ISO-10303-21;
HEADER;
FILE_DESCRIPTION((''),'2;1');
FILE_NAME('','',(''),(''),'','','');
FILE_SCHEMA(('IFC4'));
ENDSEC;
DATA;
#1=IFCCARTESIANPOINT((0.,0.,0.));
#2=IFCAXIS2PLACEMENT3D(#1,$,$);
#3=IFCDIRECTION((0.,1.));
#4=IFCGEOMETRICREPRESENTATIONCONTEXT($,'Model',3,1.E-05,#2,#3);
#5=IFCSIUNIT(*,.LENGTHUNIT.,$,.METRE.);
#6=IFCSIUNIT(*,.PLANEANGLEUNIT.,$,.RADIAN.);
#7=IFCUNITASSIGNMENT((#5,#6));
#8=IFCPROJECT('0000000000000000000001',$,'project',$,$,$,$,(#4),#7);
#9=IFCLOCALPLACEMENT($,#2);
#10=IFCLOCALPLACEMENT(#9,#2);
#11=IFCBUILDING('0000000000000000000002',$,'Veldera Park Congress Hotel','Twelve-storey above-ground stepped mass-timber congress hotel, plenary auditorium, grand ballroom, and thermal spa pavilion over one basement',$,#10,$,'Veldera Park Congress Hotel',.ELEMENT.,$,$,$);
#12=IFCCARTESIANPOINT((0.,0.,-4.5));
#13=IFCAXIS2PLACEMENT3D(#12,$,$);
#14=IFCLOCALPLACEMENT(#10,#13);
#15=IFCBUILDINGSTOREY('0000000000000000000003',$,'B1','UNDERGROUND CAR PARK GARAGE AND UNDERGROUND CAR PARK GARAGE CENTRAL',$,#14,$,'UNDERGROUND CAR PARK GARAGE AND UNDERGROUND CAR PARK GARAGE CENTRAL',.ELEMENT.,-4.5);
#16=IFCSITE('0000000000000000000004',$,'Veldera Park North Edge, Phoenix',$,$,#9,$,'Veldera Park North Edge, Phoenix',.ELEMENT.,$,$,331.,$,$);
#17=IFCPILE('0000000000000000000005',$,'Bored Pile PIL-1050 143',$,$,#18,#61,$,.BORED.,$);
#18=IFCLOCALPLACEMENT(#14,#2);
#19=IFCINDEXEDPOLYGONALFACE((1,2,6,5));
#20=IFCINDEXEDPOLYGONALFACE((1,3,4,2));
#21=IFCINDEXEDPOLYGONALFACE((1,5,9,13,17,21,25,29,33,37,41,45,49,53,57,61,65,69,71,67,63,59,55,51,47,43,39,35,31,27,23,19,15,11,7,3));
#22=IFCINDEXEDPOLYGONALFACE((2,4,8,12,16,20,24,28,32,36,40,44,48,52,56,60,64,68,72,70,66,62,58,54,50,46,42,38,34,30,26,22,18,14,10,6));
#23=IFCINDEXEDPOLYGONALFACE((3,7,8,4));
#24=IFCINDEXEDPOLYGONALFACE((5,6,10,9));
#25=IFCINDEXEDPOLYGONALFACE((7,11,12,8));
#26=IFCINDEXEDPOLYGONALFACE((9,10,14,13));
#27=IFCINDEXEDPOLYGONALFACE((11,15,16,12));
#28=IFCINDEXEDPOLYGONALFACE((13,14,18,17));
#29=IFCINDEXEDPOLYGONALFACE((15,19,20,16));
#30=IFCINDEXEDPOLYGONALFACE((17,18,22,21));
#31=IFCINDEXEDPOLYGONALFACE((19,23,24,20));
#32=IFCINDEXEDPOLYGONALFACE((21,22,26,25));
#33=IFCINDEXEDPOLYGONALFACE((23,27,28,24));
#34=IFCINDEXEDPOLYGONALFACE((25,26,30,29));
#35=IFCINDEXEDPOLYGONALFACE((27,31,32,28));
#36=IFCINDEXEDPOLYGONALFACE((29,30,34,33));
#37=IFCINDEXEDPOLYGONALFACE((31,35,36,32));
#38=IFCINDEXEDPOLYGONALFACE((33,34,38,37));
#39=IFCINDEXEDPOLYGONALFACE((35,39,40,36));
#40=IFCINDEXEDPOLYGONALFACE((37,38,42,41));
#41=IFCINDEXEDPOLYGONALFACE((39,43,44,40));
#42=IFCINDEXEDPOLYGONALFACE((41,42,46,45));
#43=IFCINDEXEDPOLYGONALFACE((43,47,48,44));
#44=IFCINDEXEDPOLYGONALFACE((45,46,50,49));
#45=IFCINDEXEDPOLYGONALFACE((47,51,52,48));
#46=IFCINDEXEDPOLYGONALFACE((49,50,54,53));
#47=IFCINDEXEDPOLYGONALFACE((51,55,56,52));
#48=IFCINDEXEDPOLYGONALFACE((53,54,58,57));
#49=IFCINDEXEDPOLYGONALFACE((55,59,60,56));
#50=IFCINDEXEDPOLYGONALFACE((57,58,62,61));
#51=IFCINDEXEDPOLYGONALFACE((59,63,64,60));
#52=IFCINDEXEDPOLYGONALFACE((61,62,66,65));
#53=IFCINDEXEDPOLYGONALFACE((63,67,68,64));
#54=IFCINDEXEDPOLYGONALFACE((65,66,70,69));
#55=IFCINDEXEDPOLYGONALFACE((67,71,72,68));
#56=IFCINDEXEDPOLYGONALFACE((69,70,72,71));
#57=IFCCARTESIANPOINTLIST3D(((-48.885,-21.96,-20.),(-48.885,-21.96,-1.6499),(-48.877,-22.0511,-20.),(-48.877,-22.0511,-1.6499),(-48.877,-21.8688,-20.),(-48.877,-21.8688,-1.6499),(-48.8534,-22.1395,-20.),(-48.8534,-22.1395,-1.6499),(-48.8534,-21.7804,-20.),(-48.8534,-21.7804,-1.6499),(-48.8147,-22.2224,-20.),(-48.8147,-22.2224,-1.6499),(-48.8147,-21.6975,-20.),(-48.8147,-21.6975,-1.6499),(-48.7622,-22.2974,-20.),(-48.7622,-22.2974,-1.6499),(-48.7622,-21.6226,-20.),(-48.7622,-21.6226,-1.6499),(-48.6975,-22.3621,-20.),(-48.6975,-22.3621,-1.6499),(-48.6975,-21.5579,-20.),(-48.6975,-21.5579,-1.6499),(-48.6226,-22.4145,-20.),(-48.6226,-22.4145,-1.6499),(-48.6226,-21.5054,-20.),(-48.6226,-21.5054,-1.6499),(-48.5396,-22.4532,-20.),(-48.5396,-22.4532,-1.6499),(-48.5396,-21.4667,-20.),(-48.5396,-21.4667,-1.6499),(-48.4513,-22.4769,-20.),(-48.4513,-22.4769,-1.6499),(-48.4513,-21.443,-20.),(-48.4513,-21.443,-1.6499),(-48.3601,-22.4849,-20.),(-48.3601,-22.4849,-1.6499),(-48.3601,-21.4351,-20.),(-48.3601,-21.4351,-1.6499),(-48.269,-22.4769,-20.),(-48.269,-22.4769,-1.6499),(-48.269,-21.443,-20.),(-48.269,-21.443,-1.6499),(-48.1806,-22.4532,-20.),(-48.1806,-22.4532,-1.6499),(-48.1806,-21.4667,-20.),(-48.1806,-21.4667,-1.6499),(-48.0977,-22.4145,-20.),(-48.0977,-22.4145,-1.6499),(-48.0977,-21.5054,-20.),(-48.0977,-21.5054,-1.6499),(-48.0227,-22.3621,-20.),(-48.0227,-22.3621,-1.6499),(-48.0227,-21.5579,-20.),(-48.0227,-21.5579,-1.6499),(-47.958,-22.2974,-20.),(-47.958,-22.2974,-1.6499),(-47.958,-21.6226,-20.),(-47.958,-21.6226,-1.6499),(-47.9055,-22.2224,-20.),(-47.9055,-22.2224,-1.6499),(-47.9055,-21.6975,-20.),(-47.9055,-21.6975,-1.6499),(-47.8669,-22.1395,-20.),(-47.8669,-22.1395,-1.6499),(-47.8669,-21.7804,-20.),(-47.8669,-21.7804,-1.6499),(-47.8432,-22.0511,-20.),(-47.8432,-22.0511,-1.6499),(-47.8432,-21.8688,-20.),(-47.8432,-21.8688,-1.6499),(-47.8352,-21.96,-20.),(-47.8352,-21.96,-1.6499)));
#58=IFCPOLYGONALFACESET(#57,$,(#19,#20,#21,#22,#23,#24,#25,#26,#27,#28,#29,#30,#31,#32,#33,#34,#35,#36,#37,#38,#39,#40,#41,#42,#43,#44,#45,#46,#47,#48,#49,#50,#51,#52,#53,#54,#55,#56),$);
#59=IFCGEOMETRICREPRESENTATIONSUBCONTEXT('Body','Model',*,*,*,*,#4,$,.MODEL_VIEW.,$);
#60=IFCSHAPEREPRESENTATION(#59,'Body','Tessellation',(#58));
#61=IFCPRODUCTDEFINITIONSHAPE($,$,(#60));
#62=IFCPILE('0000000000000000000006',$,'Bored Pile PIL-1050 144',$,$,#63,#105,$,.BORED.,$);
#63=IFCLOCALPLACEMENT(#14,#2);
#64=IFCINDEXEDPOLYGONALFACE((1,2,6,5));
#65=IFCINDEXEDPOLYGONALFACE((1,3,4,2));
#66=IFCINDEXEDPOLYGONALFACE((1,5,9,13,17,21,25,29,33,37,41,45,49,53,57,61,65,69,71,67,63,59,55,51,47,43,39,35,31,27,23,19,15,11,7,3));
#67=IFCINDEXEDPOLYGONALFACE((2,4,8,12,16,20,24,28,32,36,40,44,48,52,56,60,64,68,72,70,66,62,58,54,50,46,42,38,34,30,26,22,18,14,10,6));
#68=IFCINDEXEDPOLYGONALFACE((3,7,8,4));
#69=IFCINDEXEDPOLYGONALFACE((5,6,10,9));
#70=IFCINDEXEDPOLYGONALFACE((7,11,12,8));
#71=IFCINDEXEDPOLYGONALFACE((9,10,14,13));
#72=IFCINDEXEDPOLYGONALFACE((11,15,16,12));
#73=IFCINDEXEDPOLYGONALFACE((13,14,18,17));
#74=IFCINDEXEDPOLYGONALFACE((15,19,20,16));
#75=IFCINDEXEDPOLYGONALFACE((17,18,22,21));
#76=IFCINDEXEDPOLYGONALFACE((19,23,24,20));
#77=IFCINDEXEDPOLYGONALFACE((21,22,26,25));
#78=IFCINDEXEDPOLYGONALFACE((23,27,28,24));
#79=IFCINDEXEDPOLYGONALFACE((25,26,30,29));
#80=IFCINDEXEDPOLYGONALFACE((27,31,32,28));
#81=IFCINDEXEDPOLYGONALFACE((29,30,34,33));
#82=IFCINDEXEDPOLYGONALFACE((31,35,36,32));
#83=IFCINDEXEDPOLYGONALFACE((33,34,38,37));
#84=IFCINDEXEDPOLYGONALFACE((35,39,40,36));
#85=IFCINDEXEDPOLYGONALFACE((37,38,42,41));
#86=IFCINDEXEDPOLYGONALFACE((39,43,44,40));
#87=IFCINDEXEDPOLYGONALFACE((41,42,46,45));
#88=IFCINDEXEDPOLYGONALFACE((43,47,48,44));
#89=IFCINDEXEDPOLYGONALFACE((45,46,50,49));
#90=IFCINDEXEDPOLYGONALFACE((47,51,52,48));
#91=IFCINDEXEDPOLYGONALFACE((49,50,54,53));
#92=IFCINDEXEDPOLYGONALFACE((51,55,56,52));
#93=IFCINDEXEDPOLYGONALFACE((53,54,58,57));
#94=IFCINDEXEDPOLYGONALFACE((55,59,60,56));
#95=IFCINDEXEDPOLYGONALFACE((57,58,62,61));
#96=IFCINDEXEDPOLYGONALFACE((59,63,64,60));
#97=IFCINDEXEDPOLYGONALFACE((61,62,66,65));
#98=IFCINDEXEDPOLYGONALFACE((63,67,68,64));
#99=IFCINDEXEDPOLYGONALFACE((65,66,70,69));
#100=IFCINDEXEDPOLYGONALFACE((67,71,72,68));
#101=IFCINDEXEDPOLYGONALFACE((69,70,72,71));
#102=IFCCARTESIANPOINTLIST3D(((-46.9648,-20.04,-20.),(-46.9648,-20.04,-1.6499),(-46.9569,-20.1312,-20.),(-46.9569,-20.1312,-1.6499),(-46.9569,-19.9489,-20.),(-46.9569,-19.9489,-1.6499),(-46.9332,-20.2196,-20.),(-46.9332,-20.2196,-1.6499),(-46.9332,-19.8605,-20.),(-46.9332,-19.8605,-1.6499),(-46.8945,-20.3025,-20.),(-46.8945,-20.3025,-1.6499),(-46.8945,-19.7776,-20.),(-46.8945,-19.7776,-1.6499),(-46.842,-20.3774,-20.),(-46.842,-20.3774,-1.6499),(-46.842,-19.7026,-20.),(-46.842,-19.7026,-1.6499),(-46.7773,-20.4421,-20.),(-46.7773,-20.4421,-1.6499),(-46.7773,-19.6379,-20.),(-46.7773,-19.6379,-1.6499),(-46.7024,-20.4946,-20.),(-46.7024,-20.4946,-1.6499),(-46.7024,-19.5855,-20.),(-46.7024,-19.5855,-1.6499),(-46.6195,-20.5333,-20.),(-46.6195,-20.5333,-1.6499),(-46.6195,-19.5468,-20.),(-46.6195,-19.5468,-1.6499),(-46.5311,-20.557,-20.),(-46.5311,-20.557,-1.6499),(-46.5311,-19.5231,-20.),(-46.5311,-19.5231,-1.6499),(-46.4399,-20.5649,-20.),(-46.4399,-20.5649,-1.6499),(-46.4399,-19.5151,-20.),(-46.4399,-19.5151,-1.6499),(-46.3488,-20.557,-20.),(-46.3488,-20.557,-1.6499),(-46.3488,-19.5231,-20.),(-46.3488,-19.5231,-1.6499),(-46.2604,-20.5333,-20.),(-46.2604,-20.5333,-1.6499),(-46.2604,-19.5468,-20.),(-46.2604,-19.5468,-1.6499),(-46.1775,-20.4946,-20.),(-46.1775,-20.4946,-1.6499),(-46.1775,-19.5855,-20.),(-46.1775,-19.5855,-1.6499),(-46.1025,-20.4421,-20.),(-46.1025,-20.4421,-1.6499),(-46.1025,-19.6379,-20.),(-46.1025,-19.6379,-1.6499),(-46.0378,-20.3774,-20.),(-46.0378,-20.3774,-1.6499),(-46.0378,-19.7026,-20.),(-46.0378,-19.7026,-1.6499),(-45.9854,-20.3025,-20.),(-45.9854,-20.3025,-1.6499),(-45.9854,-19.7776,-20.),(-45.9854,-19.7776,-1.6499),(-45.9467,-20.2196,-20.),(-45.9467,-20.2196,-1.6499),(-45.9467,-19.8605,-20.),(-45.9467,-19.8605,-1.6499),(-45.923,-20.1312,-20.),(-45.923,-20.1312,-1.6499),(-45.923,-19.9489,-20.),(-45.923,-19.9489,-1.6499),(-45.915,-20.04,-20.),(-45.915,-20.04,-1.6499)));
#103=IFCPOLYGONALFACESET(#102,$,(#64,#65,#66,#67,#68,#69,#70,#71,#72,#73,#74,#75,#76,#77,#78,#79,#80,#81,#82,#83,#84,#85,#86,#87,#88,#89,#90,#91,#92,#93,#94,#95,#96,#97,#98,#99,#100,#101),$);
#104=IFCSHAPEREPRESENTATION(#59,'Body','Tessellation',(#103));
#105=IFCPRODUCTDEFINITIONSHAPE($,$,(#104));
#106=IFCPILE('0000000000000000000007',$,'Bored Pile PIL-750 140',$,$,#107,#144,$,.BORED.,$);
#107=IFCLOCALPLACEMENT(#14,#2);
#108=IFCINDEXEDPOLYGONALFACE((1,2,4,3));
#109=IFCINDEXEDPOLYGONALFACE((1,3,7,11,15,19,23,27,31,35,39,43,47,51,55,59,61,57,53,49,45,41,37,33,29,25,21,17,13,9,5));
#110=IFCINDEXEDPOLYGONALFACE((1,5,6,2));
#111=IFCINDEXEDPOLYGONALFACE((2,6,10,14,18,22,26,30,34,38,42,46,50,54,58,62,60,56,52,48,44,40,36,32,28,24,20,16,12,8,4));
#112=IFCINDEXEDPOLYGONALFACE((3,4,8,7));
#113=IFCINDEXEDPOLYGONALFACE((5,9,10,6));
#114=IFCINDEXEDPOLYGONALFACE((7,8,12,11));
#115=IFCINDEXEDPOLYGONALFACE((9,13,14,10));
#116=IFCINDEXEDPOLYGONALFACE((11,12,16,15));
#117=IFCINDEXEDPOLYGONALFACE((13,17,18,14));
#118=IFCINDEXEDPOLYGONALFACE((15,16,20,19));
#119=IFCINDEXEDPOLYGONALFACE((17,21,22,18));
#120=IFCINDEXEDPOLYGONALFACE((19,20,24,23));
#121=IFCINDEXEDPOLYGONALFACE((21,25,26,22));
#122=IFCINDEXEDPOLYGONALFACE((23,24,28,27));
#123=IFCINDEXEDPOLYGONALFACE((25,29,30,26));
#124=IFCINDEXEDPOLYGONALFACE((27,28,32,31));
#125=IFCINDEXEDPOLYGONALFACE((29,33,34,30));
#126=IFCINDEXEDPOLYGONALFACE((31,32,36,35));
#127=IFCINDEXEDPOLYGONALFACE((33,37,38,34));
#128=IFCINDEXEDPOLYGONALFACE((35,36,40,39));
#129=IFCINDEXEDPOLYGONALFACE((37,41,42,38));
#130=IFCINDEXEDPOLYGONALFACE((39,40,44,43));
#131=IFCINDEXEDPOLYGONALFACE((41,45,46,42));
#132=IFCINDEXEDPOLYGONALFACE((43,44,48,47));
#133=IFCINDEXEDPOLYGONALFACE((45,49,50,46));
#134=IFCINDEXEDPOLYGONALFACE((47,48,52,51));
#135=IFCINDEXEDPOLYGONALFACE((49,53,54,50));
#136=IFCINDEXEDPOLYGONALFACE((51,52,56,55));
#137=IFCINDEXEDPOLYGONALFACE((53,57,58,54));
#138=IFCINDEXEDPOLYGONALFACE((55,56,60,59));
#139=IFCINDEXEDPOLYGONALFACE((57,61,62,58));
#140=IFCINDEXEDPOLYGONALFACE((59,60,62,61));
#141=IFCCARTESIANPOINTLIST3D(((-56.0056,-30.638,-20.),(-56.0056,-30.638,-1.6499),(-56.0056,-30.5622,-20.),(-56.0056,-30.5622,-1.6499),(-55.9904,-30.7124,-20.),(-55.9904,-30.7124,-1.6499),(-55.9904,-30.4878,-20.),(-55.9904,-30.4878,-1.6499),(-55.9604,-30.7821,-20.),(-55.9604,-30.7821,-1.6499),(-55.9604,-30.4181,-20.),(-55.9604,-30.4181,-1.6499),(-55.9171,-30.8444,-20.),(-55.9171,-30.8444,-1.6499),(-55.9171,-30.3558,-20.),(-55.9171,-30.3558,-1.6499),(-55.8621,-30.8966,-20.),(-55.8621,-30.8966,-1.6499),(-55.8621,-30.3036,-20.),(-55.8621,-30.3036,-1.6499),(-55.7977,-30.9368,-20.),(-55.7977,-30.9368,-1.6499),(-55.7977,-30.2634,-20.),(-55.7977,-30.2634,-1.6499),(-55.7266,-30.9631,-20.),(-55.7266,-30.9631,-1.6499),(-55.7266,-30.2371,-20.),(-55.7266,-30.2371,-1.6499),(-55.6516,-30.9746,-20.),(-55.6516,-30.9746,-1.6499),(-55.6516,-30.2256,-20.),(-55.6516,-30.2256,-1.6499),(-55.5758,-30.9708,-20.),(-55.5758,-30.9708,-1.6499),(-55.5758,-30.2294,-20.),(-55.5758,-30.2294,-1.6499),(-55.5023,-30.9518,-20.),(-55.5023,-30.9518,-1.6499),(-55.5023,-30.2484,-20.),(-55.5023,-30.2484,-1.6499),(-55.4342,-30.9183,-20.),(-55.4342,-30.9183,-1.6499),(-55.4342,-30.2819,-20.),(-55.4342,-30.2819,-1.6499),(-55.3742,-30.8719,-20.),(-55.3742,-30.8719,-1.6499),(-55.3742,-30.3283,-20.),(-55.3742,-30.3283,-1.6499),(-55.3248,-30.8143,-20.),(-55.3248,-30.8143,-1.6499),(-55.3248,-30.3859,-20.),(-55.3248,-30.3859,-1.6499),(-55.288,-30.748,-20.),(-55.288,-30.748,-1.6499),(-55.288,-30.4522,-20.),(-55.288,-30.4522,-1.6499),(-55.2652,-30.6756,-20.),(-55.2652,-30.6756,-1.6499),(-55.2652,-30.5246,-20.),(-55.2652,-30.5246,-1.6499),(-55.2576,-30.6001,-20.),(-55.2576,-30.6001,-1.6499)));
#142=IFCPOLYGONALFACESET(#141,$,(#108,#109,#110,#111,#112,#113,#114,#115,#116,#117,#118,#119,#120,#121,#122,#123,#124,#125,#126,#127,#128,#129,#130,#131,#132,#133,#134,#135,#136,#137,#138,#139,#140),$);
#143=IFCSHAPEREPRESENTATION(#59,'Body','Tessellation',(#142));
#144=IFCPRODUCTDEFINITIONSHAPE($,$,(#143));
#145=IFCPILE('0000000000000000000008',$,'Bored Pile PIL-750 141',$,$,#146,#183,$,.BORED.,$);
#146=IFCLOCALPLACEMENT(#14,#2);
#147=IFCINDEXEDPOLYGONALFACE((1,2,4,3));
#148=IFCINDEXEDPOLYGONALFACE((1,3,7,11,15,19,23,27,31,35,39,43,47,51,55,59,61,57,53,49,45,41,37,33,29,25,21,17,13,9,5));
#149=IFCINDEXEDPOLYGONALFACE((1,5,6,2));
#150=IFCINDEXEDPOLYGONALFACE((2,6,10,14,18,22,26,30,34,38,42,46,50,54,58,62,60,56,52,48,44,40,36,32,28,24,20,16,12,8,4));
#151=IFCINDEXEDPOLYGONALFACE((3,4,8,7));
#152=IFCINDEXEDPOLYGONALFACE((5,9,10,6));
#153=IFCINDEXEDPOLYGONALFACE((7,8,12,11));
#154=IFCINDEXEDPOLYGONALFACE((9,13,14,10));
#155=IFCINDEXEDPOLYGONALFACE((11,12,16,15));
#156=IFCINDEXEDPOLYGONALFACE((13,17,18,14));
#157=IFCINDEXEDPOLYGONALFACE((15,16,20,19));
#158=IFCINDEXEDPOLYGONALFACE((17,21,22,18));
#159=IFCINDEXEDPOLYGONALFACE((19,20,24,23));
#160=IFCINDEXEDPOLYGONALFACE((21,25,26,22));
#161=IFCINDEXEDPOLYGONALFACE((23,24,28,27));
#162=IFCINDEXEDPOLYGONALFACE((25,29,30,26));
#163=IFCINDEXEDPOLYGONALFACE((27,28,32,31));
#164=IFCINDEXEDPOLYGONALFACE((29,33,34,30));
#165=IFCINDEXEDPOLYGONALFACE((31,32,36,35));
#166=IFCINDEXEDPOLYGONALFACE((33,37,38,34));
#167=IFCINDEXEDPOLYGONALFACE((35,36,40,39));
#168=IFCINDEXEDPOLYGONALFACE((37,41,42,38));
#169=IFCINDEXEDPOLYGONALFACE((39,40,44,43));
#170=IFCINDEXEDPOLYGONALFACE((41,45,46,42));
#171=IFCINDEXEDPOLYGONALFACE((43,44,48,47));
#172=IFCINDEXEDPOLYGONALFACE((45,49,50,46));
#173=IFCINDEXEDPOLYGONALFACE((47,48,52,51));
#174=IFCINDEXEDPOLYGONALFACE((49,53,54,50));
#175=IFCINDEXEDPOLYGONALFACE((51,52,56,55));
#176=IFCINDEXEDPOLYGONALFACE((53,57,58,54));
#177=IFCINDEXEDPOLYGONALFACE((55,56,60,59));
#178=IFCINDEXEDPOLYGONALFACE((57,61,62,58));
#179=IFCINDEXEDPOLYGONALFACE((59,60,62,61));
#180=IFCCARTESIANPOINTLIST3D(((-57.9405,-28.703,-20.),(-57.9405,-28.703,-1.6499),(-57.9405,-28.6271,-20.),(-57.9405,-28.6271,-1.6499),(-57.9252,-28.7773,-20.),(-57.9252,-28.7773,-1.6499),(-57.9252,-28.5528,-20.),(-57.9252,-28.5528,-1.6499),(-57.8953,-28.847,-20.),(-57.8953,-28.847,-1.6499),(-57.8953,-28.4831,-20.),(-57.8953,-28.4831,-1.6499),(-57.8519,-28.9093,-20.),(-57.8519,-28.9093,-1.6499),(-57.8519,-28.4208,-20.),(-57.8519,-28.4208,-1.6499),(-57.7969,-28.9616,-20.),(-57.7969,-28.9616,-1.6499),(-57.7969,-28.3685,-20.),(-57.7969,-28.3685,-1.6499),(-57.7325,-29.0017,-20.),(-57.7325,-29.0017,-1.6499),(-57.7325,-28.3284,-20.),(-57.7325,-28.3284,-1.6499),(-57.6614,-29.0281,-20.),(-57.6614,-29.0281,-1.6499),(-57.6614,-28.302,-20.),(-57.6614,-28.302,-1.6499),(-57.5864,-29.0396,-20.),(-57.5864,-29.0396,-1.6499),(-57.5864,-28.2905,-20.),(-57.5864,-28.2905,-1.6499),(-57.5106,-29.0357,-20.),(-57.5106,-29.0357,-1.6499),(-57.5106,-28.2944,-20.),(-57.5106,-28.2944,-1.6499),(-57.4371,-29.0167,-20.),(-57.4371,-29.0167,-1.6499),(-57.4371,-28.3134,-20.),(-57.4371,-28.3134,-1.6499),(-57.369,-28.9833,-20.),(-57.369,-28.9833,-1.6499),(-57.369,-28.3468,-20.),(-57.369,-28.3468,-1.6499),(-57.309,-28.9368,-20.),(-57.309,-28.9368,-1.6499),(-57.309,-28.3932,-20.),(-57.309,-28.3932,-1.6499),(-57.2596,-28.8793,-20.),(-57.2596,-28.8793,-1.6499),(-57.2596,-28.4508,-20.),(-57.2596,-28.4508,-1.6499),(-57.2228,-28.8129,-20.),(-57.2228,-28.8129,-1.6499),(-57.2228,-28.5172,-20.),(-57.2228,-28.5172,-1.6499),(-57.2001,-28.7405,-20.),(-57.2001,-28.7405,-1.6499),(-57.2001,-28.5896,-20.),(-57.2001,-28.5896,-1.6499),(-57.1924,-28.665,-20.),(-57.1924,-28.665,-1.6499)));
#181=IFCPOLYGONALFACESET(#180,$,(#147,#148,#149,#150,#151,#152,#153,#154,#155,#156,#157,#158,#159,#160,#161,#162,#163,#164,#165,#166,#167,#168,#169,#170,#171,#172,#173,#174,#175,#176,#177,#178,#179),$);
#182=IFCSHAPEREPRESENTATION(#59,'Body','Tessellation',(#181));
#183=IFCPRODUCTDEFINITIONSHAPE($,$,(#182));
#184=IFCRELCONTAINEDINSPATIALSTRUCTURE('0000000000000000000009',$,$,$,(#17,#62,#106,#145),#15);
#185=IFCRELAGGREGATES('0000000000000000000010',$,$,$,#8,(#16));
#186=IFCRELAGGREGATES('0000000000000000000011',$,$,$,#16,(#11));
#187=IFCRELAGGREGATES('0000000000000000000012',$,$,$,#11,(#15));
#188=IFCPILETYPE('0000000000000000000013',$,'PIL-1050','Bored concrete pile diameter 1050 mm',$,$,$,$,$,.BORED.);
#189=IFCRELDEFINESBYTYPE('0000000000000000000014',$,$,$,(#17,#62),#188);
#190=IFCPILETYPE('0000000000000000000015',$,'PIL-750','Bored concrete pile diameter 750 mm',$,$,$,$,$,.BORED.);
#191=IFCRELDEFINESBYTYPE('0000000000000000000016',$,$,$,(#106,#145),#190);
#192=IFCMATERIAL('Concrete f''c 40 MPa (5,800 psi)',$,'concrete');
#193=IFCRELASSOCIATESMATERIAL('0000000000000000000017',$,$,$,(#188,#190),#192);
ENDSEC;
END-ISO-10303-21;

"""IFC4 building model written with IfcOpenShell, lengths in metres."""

from ifc_helpers import new_model, si_unit, direction, frame, origin, origin_2d, place, context, subcontext, project, spatial, circle, extrude, material, material_profile, profile_set, type_object, element, save


model = new_model("IFC4")

# Units and contexts
model_context = context("Model", 3, precision=1e-05, world=origin(), true_north=direction((0.0, 1.0)))
body_context = subcontext(model_context, "Body", "Model", "MODEL_VIEW")
ifc_project = project(units=[si_unit("LENGTHUNIT", "METRE"), si_unit("PLANEANGLEUNIT", "RADIAN")], contexts=[model_context])

# Site, building, storey
site_placement = place(None, origin())
site = spatial("IfcSite", under=ifc_project, at=site_placement, Name="Veldera Park North Edge, Phoenix", LongName="Veldera Park North Edge, Phoenix", CompositionType="ELEMENT", RefElevation=331.0)
building_placement = place(site_placement, origin())
building = spatial("IfcBuilding", under=site, at=building_placement, Name="Veldera Park Congress Hotel", Description="Twelve-storey above-ground stepped mass-timber congress hotel, plenary auditorium, grand ballroom, and thermal spa pavilion over one basement", LongName="Veldera Park Congress Hotel", CompositionType="ELEMENT")
storey_placement = place(building_placement, frame((0.0, 0.0, -4.5)))
storey = spatial("IfcBuildingStorey", under=building, at=storey_placement, Name="B1", Description="UNDERGROUND CAR PARK GARAGE AND UNDERGROUND CAR PARK GARAGE CENTRAL", LongName="UNDERGROUND CAR PARK GARAGE AND UNDERGROUND CAR PARK GARAGE CENTRAL", CompositionType="ELEMENT", Elevation=-4.5)

# Shared definitions
ifc_material_1 = material(Name="Concrete f'c 40 MPa (5,800 psi)", Category="concrete")

# Piles
ifc_material_profile_1 = material_profile(ifc_material_1, circle(Radius=0.5249, at=origin_2d()), Name="PILE D1050")
ifc_profile_set_1 = profile_set([ifc_material_profile_1], Name="Concrete f'c 40 MPa (5,800 psi)")
pile_type_1 = type_object("IfcPileType", Name="PIL-1050", Description="Bored concrete pile diameter 1050 mm", PredefinedType="BORED", material=ifc_profile_set_1)
for number, where, z_axis, x_axis, name in (
    (1, (-48.3601, -21.96, -1.6499), (0.0, 0.0, -1.0), (1.0, 0.0, 0.0), "Bored Pile PIL-1050 143"),
    (2, (-46.4399, -20.04, -1.6499), (0.0, 0.0, -1.0), (1.0, 0.0, 0.0), "Bored Pile PIL-1050 144"),
):
    element("IfcPile", number, at=place(storey_placement, frame(where, z_axis=z_axis, x_axis=x_axis)), inside=storey, type_object=pile_type_1, Name=name, PredefinedType="BORED", context=body_context, shape_type="SweptSolid", body=[
        extrude(circle(Radius=0.5249, at=origin_2d()), origin(), (0.0, 0.0, 1.0), 18.3501),
    ])
ifc_material_profile_2 = material_profile(ifc_material_1, circle(Radius=0.375, at=origin_2d()), Name="PILE D750")
ifc_profile_set_2 = profile_set([ifc_material_profile_2], Name="Concrete f'c 40 MPa (5,800 psi)")
pile_type_2 = type_object("IfcPileType", Name="PIL-750", Description="Bored concrete pile diameter 750 mm", PredefinedType="BORED", material=ifc_profile_set_2)
for number, where, z_axis, x_axis, name in (
    (3, (-55.6326, -30.6001, -1.6499), (0.0, 0.0, -1.0), (1.0, 0.0, 0.0), "Bored Pile PIL-750 140"),
    (4, (-57.5674, -28.665, -1.6499), (0.0, 0.0, -1.0), (1.0, 0.0, 0.0), "Bored Pile PIL-750 141"),
):
    element("IfcPile", number, at=place(storey_placement, frame(where, z_axis=z_axis, x_axis=x_axis)), inside=storey, type_object=pile_type_2, Name=name, PredefinedType="BORED", context=body_context, shape_type="SweptSolid", body=[
        extrude(circle(Radius=0.375, at=origin_2d()), origin(), (0.0, 0.0, 1.0), 18.3501),
    ])

save(model, "model.ifc")
